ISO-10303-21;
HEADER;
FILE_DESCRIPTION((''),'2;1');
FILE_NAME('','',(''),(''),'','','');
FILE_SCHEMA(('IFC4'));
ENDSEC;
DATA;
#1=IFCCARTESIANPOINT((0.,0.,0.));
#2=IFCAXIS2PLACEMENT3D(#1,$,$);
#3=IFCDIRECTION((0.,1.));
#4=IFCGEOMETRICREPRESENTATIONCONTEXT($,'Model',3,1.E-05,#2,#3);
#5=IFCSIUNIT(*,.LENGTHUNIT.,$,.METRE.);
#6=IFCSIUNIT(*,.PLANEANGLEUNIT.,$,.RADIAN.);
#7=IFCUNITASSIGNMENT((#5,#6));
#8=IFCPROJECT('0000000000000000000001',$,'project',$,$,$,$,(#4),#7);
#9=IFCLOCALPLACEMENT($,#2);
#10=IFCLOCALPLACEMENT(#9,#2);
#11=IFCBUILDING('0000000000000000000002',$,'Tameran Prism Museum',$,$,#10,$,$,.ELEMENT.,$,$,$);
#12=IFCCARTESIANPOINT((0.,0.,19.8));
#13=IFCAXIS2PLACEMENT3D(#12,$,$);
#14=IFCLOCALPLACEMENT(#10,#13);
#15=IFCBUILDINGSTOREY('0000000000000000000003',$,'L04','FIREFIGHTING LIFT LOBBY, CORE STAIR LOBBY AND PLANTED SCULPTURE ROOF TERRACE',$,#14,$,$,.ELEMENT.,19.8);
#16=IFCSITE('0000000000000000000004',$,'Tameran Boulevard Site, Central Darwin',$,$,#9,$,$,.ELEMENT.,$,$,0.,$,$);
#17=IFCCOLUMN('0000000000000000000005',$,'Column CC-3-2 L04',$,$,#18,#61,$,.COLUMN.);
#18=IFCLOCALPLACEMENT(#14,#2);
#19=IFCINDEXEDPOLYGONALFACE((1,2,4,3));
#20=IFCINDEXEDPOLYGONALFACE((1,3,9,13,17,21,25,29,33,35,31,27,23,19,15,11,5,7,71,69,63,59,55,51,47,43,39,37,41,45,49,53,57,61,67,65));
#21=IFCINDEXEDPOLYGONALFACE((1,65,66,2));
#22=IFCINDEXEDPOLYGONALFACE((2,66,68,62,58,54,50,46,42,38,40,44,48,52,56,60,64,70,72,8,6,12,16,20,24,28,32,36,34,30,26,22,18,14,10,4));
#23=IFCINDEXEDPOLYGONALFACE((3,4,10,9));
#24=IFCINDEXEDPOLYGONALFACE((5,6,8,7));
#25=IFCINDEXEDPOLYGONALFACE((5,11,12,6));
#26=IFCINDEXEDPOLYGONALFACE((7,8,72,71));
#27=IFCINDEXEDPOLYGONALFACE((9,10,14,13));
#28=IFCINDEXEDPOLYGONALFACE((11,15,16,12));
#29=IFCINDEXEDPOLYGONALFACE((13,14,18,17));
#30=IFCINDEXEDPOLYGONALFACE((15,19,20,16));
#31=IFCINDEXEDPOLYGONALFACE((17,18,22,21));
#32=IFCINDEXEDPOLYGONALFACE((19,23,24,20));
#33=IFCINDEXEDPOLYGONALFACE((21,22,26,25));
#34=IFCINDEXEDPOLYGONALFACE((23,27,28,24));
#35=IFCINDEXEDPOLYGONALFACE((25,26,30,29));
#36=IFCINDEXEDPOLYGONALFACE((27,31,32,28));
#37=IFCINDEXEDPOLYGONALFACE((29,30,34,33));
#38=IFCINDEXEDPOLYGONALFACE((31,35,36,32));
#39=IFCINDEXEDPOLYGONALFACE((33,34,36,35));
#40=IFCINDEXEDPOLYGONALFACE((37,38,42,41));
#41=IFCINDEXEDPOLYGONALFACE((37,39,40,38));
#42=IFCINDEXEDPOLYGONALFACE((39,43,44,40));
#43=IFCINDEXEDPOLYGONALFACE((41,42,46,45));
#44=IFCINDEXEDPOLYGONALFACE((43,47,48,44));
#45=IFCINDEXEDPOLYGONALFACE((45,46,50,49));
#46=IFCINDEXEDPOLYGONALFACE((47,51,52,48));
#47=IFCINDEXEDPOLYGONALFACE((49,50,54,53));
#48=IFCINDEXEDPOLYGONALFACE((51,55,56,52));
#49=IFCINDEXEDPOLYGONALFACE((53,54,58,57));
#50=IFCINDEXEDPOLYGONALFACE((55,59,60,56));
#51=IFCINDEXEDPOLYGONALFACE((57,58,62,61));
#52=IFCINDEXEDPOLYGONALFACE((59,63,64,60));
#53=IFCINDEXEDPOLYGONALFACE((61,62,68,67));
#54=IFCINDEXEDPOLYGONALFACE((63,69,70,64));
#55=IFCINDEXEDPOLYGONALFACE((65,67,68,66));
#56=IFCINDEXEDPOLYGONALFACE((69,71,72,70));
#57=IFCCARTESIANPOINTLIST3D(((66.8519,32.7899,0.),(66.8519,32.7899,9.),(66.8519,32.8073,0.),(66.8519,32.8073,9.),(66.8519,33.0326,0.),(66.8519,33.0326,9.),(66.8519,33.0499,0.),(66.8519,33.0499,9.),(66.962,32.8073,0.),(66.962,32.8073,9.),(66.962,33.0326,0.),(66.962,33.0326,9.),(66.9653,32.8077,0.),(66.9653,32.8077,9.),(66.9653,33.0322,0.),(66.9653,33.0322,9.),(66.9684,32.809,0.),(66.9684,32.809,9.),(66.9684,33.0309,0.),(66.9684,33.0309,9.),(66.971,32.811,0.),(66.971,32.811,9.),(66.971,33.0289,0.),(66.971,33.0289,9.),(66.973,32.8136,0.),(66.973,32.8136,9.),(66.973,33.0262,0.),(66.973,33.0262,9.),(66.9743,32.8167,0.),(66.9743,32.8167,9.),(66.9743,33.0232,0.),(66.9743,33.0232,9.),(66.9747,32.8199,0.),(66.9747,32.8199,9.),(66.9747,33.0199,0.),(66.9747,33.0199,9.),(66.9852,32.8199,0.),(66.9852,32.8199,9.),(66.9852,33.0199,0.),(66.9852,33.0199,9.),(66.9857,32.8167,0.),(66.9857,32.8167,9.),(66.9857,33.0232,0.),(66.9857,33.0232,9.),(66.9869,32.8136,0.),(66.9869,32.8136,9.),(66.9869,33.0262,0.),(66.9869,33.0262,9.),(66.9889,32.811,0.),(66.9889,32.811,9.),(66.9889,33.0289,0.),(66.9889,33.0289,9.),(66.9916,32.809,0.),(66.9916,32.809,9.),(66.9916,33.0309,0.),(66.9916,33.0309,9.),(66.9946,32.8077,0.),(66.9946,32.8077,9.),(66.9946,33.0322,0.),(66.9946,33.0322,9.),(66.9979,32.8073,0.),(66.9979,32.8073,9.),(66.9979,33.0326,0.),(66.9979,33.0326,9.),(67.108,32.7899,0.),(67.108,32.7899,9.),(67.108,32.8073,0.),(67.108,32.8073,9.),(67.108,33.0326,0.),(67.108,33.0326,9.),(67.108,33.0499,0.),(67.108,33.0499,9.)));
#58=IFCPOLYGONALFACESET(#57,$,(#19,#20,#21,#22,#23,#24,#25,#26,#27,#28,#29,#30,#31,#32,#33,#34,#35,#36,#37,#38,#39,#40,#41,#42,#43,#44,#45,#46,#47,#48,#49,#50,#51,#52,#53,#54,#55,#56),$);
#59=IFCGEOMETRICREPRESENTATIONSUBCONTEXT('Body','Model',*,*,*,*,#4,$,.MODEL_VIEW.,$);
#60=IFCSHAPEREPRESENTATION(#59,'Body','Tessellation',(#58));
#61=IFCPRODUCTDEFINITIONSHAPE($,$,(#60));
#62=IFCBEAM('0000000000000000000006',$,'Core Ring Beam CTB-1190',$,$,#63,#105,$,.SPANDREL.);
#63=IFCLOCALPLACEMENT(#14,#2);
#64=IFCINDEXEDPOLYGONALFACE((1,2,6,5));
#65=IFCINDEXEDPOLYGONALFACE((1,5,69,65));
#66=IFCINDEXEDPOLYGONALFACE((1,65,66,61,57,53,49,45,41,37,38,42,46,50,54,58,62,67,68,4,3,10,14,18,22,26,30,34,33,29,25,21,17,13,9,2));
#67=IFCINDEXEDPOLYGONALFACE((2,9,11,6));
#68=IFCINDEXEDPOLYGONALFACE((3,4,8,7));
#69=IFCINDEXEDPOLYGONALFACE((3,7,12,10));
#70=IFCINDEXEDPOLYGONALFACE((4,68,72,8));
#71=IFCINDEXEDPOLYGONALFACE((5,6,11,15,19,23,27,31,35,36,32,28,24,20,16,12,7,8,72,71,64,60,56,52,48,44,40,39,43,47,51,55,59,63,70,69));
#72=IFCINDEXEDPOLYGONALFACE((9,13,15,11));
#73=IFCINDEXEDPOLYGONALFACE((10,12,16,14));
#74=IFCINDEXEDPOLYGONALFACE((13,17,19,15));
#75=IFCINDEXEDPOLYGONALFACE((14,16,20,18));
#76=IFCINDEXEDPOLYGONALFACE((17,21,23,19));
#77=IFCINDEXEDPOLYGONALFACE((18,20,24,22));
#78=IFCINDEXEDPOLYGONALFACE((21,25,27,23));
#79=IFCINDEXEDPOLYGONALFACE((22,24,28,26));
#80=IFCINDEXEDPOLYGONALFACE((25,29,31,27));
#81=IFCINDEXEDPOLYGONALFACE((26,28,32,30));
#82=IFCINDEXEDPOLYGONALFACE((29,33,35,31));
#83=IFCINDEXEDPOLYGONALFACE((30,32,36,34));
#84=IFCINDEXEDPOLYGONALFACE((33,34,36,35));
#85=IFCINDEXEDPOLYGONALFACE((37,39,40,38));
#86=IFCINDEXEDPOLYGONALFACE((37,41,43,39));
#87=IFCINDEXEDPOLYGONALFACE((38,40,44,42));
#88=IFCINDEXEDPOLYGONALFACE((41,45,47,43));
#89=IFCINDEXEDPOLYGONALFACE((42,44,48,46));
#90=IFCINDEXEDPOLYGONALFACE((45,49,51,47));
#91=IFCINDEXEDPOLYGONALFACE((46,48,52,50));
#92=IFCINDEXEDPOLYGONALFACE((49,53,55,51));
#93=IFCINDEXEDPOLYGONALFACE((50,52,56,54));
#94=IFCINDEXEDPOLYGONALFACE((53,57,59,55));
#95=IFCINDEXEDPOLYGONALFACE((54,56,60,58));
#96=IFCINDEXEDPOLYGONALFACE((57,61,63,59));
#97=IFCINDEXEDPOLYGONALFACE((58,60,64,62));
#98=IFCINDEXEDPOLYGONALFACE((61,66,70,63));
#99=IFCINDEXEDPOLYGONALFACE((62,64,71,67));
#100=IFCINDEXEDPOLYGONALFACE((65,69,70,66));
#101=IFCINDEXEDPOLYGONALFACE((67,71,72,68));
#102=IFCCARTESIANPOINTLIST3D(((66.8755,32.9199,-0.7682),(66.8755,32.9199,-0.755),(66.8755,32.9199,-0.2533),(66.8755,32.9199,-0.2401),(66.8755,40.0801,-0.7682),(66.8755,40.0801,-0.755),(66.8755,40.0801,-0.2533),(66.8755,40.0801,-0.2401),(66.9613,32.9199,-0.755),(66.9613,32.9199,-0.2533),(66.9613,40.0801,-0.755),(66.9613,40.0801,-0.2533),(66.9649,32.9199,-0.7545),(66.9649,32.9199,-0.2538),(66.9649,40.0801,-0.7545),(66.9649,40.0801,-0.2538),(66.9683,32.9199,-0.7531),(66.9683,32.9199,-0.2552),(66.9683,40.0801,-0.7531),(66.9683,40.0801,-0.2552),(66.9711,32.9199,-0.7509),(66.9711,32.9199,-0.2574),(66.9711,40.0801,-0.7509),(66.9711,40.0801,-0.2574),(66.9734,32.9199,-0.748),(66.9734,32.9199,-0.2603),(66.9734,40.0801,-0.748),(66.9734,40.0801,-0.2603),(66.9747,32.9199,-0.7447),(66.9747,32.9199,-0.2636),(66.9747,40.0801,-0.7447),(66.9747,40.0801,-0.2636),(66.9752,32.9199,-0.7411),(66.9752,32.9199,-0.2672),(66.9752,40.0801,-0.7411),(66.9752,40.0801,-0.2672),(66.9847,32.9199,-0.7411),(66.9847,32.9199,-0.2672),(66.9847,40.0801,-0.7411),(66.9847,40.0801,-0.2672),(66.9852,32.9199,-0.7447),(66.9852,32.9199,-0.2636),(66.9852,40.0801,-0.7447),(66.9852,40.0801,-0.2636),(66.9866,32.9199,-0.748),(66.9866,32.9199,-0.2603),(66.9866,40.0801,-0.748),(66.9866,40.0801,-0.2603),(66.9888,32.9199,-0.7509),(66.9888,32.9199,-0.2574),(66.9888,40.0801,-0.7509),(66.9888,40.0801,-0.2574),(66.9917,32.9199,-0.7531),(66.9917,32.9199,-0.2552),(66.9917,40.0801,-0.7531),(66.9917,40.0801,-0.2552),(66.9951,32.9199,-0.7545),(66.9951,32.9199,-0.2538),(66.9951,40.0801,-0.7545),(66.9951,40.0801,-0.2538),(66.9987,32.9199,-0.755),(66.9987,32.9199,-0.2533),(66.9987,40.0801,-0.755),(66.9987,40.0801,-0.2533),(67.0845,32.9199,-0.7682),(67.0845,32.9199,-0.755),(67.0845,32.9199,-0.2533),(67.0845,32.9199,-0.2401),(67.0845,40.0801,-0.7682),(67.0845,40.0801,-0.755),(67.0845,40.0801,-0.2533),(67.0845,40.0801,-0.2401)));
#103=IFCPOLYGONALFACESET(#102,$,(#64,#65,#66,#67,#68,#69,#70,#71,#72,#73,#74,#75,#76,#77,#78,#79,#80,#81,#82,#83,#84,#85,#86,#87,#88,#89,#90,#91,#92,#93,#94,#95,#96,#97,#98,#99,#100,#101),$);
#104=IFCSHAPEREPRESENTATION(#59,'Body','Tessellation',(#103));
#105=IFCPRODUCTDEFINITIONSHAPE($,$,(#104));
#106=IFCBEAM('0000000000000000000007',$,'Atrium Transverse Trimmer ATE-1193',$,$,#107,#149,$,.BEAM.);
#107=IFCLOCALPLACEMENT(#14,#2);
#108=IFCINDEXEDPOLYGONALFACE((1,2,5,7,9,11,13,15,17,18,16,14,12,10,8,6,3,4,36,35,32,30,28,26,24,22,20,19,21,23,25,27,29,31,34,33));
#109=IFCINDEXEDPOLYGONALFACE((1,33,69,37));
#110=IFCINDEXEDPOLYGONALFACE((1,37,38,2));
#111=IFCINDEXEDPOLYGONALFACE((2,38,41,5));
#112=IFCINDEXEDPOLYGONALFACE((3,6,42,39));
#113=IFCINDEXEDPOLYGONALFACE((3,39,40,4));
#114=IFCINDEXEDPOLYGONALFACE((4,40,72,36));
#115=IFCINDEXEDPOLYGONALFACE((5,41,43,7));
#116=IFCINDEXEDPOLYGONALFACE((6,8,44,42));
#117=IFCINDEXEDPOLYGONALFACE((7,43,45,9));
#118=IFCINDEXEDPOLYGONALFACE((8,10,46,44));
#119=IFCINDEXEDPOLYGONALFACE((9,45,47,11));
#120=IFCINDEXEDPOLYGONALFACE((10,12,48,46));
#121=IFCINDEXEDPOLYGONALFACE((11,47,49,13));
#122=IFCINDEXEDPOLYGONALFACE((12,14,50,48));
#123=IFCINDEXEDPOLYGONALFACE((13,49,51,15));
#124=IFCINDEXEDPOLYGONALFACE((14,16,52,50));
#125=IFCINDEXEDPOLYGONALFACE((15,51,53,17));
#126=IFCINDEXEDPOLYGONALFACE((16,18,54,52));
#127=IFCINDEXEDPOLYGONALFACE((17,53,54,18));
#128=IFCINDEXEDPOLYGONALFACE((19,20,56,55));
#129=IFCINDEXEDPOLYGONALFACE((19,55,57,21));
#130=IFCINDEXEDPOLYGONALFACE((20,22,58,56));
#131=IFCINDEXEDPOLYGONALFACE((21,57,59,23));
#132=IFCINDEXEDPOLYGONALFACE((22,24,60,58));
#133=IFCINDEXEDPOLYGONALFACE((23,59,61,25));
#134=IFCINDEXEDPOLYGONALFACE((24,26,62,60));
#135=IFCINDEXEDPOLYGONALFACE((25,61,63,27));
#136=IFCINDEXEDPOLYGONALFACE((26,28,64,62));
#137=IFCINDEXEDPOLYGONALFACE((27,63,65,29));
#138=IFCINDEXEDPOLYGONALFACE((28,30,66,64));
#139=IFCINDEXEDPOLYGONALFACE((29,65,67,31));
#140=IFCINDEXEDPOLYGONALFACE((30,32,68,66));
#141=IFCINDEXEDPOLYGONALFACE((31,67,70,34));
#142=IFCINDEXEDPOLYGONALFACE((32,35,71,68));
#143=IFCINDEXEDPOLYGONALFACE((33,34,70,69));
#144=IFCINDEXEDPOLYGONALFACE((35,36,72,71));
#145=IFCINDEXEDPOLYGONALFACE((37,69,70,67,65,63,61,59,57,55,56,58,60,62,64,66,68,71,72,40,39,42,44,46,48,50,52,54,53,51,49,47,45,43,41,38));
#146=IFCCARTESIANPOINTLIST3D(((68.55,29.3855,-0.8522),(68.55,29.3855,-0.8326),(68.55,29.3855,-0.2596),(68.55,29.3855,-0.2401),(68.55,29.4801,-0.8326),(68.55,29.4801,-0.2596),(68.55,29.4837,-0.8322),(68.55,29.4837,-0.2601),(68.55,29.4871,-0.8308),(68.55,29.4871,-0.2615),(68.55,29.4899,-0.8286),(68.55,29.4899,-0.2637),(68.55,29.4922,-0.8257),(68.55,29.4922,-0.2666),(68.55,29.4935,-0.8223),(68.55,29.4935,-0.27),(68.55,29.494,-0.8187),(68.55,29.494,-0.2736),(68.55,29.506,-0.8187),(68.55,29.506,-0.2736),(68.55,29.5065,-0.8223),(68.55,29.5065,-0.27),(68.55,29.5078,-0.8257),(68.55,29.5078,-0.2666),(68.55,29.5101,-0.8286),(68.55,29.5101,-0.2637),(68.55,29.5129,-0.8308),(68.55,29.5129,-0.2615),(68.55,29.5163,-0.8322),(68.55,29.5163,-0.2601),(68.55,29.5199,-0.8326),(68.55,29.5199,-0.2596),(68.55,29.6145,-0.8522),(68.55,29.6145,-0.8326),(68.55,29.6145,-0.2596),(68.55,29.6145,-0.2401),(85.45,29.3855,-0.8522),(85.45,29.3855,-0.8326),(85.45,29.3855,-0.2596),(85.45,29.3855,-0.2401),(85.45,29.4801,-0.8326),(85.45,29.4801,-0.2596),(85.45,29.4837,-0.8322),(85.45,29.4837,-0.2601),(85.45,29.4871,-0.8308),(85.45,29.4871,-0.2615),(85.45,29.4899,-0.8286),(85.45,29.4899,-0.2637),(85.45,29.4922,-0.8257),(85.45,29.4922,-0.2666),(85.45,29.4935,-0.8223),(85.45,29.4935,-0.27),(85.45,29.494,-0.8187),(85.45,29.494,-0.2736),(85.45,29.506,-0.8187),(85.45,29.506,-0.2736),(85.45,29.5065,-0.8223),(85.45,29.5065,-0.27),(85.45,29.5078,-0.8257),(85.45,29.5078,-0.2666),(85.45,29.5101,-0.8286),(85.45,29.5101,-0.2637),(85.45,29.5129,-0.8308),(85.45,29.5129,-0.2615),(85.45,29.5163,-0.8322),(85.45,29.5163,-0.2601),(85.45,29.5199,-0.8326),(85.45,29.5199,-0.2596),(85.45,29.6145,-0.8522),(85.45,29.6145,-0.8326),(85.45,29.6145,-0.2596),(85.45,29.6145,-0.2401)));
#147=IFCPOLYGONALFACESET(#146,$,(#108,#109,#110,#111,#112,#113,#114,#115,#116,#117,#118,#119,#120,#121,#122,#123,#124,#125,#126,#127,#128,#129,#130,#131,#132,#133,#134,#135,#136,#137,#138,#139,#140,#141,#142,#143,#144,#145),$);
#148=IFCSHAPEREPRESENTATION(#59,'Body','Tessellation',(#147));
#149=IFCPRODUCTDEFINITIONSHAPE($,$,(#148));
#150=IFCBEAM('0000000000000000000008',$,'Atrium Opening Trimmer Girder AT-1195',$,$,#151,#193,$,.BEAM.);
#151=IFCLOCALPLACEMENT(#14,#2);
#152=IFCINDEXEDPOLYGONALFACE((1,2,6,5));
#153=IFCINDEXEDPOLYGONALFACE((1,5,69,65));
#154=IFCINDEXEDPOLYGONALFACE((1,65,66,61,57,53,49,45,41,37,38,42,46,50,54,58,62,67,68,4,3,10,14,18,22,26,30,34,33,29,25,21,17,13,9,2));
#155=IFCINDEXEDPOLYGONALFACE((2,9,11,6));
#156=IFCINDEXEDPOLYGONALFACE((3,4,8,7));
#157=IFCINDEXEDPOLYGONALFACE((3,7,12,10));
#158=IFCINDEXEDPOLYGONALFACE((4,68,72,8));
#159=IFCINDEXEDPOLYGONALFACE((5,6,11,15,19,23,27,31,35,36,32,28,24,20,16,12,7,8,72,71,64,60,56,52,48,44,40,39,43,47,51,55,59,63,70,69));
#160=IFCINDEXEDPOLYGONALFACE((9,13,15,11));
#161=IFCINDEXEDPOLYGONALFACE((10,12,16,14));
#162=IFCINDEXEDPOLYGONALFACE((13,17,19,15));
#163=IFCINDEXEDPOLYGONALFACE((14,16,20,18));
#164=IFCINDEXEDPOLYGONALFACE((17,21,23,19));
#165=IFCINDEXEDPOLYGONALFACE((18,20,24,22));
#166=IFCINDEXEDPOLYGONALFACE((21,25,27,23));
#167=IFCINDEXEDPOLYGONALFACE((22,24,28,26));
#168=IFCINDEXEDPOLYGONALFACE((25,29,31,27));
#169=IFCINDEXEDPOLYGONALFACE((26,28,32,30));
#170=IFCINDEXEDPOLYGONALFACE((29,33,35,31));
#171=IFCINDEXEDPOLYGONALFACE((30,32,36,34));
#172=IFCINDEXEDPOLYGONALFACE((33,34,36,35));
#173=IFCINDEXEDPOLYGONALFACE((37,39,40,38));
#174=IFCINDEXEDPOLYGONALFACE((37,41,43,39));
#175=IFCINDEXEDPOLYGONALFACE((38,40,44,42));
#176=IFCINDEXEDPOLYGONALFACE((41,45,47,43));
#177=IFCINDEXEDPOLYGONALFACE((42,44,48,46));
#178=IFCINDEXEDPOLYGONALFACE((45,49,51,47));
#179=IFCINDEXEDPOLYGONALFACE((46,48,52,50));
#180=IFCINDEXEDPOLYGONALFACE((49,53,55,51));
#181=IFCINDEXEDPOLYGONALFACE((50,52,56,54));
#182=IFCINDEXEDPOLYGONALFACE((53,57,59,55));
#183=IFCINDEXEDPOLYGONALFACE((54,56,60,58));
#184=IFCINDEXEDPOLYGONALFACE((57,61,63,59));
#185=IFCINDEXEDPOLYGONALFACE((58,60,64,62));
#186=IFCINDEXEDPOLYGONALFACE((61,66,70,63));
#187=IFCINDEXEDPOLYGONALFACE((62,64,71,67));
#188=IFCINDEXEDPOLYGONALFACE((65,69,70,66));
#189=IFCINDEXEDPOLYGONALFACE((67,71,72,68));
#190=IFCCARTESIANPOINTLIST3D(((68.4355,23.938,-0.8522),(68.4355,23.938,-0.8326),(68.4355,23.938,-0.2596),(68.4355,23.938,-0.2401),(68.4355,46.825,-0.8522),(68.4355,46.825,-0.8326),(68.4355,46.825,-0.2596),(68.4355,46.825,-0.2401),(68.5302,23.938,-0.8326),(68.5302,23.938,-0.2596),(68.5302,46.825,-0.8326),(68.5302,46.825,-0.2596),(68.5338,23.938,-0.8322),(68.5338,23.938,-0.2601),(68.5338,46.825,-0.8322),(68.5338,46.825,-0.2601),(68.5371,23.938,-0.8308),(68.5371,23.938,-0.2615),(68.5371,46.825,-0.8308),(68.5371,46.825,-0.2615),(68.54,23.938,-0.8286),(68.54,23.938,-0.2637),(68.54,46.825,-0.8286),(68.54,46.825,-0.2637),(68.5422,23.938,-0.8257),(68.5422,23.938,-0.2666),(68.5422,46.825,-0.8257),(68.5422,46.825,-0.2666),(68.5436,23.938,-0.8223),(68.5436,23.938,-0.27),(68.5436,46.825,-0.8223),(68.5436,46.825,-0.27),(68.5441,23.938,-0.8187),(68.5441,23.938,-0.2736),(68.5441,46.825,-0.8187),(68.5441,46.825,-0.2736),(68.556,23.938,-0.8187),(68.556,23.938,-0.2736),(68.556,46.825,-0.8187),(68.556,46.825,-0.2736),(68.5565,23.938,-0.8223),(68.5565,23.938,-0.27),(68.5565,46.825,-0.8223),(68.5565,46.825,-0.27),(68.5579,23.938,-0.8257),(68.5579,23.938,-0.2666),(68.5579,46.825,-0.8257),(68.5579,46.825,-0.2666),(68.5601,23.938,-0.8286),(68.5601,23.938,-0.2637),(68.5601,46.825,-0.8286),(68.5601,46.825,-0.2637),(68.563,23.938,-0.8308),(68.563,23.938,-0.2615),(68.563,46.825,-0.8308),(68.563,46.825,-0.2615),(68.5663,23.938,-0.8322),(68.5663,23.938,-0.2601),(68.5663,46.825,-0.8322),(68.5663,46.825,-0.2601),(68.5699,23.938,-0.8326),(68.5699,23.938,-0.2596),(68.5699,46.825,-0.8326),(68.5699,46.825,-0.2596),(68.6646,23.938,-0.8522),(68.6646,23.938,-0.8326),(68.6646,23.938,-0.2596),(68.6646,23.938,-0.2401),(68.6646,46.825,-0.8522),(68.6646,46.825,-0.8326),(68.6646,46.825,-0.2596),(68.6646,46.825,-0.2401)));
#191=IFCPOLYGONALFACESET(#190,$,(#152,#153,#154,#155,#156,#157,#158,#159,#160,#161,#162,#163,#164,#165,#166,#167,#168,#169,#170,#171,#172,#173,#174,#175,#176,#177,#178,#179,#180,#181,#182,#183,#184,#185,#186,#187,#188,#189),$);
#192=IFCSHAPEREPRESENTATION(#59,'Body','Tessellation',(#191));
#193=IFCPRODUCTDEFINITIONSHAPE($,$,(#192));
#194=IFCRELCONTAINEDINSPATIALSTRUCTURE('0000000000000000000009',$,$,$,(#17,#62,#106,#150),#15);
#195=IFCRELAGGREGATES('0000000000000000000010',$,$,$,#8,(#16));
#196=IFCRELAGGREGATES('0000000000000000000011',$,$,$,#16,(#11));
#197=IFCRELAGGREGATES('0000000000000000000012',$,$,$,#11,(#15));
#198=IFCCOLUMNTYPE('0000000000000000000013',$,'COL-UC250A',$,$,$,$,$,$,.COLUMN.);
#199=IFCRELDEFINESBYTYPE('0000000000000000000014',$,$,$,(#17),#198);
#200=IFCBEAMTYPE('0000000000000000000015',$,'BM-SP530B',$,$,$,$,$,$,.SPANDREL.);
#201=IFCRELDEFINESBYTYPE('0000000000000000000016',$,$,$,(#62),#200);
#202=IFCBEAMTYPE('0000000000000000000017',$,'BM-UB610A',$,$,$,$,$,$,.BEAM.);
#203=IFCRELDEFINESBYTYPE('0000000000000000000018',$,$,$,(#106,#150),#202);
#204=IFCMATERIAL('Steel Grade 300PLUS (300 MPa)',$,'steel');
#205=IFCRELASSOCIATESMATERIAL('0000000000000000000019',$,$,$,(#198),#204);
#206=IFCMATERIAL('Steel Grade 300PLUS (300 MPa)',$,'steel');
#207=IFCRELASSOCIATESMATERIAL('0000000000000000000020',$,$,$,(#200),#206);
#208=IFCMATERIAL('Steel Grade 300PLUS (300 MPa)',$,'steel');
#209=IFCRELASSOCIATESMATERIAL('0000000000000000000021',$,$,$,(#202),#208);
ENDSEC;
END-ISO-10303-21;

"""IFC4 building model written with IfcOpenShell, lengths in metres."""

from ifc_helpers import new_model, si_unit, direction, frame, origin, origin_2d, place, context, subcontext, project, spatial, i_section, extrude, material, material_profile, profile_set, type_object, element, save


model = new_model("IFC4")

# Units and contexts
model_context = context("Model", 3, precision=1e-05, world=origin(), true_north=direction((0.0, 1.0)))
body_context = subcontext(model_context, "Body", "Model", "MODEL_VIEW")
ifc_project = project(units=[si_unit("LENGTHUNIT", "METRE"), si_unit("PLANEANGLEUNIT", "RADIAN")], contexts=[model_context])

# Site, building, storey
site_placement = place(None, origin())
site = spatial("IfcSite", under=ifc_project, at=site_placement, Name="Tameran Boulevard Site, Central Darwin", CompositionType="ELEMENT", RefElevation=0.0)
building_placement = place(site_placement, origin())
building = spatial("IfcBuilding", under=site, at=building_placement, Name="Tameran Prism Museum", CompositionType="ELEMENT")
storey_placement = place(building_placement, frame((0.0, 0.0, 19.8)))
storey = spatial("IfcBuildingStorey", under=building, at=storey_placement, Name="L04", Description="FIREFIGHTING LIFT LOBBY, CORE STAIR LOBBY AND PLANTED SCULPTURE ROOF TERRACE", CompositionType="ELEMENT", Elevation=19.8)

# Column
ifc_material_1 = material(Name="Steel Grade 300PLUS (300 MPa)", Category="steel")
ifc_material_profile_1 = material_profile(ifc_material_1, i_section(OverallWidth=0.2561, OverallDepth=0.26, WebThickness=0.0105, FlangeThickness=0.0173, FilletRadius=0.0127, at=origin_2d()))
ifc_profile_set_1 = profile_set([ifc_material_profile_1])
column_type = type_object("IfcColumnType", Name="COL-UC250A", PredefinedType="COLUMN", material=ifc_profile_set_1)
column_placement = place(storey_placement, frame((66.98, 32.9199, 0.0), z_axis=(0.0, 0.0, 1.0), x_axis=(1.0, 0.0, 0.0)))
element("IfcColumn", 1, at=column_placement, inside=storey, type_object=column_type, Name="Column CC-3-2 L04", PredefinedType="COLUMN", context=body_context, shape_type="SweptSolid", body=[
    extrude(i_section(OverallWidth=0.2561, OverallDepth=0.26, WebThickness=0.0105, FlangeThickness=0.0173, FilletRadius=0.0127, at=origin_2d()), origin(), (0.0, 0.0, 1.0), 9.0),
])

# Beams
ifc_material_2 = material(Name="Steel Grade 300PLUS (300 MPa)", Category="steel")
ifc_material_profile_2 = material_profile(ifc_material_2, i_section(OverallWidth=0.209, OverallDepth=0.5281, WebThickness=0.0095, FlangeThickness=0.0132, FilletRadius=0.0139, at=origin_2d()))
ifc_profile_set_2 = profile_set([ifc_material_profile_2])
beam_type_1 = type_object("IfcBeamType", Name="BM-SP530B", PredefinedType="SPANDREL", material=ifc_profile_set_2)
beam_1_placement = place(storey_placement, frame((66.98, 32.9199, -0.5042), z_axis=(0.0, 1.0, 0.0), x_axis=(-1.0, 0.0, 0.0)))
element("IfcBeam", 2, at=beam_1_placement, inside=storey, type_object=beam_type_1, Name="Core Ring Beam CTB-1190", PredefinedType="SPANDREL", context=body_context, shape_type="SweptSolid", body=[
    extrude(i_section(OverallWidth=0.209, OverallDepth=0.5281, WebThickness=0.0095, FlangeThickness=0.0132, FilletRadius=0.0139, at=origin_2d()), origin(), (0.0, 0.0, 1.0), 7.1602),
])
ifc_material_3 = material(Name="Steel Grade 300PLUS (300 MPa)", Category="steel")
ifc_material_profile_3 = material_profile(ifc_material_3, i_section(OverallWidth=0.229, OverallDepth=0.6121, WebThickness=0.012, FlangeThickness=0.0195, FilletRadius=0.0139, at=origin_2d()))
ifc_profile_set_3 = profile_set([ifc_material_profile_3])
beam_type_2 = type_object("IfcBeamType", Name="BM-UB610A", PredefinedType="BEAM", material=ifc_profile_set_3)
beam_2_placement = place(storey_placement, frame((68.55, 29.5, -0.5461), z_axis=(1.0, 0.0, 0.0), x_axis=(0.0, 1.0, 0.0)))
element("IfcBeam", 3, at=beam_2_placement, inside=storey, type_object=beam_type_2, Name="Atrium Transverse Trimmer ATE-1193", PredefinedType="BEAM", context=body_context, shape_type="SweptSolid", body=[
    extrude(i_section(OverallWidth=0.229, OverallDepth=0.6121, WebThickness=0.012, FlangeThickness=0.0195, FilletRadius=0.0139, at=origin_2d()), origin(), (0.0, 0.0, 1.0), 16.8999),
])
beam_3_placement = place(storey_placement, frame((68.55, 23.938, -0.5461), z_axis=(0.0, 1.0, 0.0), x_axis=(-1.0, 0.0, 0.0)))
element("IfcBeam", 4, at=beam_3_placement, inside=storey, type_object=beam_type_2, Name="Atrium Opening Trimmer Girder AT-1195", PredefinedType="BEAM", context=body_context, shape_type="SweptSolid", body=[
    extrude(i_section(OverallWidth=0.229, OverallDepth=0.6121, WebThickness=0.012, FlangeThickness=0.0195, FilletRadius=0.0139, at=origin_2d()), origin(), (0.0, 0.0, 1.0), 22.887),
])

save(model, "model.ifc")
